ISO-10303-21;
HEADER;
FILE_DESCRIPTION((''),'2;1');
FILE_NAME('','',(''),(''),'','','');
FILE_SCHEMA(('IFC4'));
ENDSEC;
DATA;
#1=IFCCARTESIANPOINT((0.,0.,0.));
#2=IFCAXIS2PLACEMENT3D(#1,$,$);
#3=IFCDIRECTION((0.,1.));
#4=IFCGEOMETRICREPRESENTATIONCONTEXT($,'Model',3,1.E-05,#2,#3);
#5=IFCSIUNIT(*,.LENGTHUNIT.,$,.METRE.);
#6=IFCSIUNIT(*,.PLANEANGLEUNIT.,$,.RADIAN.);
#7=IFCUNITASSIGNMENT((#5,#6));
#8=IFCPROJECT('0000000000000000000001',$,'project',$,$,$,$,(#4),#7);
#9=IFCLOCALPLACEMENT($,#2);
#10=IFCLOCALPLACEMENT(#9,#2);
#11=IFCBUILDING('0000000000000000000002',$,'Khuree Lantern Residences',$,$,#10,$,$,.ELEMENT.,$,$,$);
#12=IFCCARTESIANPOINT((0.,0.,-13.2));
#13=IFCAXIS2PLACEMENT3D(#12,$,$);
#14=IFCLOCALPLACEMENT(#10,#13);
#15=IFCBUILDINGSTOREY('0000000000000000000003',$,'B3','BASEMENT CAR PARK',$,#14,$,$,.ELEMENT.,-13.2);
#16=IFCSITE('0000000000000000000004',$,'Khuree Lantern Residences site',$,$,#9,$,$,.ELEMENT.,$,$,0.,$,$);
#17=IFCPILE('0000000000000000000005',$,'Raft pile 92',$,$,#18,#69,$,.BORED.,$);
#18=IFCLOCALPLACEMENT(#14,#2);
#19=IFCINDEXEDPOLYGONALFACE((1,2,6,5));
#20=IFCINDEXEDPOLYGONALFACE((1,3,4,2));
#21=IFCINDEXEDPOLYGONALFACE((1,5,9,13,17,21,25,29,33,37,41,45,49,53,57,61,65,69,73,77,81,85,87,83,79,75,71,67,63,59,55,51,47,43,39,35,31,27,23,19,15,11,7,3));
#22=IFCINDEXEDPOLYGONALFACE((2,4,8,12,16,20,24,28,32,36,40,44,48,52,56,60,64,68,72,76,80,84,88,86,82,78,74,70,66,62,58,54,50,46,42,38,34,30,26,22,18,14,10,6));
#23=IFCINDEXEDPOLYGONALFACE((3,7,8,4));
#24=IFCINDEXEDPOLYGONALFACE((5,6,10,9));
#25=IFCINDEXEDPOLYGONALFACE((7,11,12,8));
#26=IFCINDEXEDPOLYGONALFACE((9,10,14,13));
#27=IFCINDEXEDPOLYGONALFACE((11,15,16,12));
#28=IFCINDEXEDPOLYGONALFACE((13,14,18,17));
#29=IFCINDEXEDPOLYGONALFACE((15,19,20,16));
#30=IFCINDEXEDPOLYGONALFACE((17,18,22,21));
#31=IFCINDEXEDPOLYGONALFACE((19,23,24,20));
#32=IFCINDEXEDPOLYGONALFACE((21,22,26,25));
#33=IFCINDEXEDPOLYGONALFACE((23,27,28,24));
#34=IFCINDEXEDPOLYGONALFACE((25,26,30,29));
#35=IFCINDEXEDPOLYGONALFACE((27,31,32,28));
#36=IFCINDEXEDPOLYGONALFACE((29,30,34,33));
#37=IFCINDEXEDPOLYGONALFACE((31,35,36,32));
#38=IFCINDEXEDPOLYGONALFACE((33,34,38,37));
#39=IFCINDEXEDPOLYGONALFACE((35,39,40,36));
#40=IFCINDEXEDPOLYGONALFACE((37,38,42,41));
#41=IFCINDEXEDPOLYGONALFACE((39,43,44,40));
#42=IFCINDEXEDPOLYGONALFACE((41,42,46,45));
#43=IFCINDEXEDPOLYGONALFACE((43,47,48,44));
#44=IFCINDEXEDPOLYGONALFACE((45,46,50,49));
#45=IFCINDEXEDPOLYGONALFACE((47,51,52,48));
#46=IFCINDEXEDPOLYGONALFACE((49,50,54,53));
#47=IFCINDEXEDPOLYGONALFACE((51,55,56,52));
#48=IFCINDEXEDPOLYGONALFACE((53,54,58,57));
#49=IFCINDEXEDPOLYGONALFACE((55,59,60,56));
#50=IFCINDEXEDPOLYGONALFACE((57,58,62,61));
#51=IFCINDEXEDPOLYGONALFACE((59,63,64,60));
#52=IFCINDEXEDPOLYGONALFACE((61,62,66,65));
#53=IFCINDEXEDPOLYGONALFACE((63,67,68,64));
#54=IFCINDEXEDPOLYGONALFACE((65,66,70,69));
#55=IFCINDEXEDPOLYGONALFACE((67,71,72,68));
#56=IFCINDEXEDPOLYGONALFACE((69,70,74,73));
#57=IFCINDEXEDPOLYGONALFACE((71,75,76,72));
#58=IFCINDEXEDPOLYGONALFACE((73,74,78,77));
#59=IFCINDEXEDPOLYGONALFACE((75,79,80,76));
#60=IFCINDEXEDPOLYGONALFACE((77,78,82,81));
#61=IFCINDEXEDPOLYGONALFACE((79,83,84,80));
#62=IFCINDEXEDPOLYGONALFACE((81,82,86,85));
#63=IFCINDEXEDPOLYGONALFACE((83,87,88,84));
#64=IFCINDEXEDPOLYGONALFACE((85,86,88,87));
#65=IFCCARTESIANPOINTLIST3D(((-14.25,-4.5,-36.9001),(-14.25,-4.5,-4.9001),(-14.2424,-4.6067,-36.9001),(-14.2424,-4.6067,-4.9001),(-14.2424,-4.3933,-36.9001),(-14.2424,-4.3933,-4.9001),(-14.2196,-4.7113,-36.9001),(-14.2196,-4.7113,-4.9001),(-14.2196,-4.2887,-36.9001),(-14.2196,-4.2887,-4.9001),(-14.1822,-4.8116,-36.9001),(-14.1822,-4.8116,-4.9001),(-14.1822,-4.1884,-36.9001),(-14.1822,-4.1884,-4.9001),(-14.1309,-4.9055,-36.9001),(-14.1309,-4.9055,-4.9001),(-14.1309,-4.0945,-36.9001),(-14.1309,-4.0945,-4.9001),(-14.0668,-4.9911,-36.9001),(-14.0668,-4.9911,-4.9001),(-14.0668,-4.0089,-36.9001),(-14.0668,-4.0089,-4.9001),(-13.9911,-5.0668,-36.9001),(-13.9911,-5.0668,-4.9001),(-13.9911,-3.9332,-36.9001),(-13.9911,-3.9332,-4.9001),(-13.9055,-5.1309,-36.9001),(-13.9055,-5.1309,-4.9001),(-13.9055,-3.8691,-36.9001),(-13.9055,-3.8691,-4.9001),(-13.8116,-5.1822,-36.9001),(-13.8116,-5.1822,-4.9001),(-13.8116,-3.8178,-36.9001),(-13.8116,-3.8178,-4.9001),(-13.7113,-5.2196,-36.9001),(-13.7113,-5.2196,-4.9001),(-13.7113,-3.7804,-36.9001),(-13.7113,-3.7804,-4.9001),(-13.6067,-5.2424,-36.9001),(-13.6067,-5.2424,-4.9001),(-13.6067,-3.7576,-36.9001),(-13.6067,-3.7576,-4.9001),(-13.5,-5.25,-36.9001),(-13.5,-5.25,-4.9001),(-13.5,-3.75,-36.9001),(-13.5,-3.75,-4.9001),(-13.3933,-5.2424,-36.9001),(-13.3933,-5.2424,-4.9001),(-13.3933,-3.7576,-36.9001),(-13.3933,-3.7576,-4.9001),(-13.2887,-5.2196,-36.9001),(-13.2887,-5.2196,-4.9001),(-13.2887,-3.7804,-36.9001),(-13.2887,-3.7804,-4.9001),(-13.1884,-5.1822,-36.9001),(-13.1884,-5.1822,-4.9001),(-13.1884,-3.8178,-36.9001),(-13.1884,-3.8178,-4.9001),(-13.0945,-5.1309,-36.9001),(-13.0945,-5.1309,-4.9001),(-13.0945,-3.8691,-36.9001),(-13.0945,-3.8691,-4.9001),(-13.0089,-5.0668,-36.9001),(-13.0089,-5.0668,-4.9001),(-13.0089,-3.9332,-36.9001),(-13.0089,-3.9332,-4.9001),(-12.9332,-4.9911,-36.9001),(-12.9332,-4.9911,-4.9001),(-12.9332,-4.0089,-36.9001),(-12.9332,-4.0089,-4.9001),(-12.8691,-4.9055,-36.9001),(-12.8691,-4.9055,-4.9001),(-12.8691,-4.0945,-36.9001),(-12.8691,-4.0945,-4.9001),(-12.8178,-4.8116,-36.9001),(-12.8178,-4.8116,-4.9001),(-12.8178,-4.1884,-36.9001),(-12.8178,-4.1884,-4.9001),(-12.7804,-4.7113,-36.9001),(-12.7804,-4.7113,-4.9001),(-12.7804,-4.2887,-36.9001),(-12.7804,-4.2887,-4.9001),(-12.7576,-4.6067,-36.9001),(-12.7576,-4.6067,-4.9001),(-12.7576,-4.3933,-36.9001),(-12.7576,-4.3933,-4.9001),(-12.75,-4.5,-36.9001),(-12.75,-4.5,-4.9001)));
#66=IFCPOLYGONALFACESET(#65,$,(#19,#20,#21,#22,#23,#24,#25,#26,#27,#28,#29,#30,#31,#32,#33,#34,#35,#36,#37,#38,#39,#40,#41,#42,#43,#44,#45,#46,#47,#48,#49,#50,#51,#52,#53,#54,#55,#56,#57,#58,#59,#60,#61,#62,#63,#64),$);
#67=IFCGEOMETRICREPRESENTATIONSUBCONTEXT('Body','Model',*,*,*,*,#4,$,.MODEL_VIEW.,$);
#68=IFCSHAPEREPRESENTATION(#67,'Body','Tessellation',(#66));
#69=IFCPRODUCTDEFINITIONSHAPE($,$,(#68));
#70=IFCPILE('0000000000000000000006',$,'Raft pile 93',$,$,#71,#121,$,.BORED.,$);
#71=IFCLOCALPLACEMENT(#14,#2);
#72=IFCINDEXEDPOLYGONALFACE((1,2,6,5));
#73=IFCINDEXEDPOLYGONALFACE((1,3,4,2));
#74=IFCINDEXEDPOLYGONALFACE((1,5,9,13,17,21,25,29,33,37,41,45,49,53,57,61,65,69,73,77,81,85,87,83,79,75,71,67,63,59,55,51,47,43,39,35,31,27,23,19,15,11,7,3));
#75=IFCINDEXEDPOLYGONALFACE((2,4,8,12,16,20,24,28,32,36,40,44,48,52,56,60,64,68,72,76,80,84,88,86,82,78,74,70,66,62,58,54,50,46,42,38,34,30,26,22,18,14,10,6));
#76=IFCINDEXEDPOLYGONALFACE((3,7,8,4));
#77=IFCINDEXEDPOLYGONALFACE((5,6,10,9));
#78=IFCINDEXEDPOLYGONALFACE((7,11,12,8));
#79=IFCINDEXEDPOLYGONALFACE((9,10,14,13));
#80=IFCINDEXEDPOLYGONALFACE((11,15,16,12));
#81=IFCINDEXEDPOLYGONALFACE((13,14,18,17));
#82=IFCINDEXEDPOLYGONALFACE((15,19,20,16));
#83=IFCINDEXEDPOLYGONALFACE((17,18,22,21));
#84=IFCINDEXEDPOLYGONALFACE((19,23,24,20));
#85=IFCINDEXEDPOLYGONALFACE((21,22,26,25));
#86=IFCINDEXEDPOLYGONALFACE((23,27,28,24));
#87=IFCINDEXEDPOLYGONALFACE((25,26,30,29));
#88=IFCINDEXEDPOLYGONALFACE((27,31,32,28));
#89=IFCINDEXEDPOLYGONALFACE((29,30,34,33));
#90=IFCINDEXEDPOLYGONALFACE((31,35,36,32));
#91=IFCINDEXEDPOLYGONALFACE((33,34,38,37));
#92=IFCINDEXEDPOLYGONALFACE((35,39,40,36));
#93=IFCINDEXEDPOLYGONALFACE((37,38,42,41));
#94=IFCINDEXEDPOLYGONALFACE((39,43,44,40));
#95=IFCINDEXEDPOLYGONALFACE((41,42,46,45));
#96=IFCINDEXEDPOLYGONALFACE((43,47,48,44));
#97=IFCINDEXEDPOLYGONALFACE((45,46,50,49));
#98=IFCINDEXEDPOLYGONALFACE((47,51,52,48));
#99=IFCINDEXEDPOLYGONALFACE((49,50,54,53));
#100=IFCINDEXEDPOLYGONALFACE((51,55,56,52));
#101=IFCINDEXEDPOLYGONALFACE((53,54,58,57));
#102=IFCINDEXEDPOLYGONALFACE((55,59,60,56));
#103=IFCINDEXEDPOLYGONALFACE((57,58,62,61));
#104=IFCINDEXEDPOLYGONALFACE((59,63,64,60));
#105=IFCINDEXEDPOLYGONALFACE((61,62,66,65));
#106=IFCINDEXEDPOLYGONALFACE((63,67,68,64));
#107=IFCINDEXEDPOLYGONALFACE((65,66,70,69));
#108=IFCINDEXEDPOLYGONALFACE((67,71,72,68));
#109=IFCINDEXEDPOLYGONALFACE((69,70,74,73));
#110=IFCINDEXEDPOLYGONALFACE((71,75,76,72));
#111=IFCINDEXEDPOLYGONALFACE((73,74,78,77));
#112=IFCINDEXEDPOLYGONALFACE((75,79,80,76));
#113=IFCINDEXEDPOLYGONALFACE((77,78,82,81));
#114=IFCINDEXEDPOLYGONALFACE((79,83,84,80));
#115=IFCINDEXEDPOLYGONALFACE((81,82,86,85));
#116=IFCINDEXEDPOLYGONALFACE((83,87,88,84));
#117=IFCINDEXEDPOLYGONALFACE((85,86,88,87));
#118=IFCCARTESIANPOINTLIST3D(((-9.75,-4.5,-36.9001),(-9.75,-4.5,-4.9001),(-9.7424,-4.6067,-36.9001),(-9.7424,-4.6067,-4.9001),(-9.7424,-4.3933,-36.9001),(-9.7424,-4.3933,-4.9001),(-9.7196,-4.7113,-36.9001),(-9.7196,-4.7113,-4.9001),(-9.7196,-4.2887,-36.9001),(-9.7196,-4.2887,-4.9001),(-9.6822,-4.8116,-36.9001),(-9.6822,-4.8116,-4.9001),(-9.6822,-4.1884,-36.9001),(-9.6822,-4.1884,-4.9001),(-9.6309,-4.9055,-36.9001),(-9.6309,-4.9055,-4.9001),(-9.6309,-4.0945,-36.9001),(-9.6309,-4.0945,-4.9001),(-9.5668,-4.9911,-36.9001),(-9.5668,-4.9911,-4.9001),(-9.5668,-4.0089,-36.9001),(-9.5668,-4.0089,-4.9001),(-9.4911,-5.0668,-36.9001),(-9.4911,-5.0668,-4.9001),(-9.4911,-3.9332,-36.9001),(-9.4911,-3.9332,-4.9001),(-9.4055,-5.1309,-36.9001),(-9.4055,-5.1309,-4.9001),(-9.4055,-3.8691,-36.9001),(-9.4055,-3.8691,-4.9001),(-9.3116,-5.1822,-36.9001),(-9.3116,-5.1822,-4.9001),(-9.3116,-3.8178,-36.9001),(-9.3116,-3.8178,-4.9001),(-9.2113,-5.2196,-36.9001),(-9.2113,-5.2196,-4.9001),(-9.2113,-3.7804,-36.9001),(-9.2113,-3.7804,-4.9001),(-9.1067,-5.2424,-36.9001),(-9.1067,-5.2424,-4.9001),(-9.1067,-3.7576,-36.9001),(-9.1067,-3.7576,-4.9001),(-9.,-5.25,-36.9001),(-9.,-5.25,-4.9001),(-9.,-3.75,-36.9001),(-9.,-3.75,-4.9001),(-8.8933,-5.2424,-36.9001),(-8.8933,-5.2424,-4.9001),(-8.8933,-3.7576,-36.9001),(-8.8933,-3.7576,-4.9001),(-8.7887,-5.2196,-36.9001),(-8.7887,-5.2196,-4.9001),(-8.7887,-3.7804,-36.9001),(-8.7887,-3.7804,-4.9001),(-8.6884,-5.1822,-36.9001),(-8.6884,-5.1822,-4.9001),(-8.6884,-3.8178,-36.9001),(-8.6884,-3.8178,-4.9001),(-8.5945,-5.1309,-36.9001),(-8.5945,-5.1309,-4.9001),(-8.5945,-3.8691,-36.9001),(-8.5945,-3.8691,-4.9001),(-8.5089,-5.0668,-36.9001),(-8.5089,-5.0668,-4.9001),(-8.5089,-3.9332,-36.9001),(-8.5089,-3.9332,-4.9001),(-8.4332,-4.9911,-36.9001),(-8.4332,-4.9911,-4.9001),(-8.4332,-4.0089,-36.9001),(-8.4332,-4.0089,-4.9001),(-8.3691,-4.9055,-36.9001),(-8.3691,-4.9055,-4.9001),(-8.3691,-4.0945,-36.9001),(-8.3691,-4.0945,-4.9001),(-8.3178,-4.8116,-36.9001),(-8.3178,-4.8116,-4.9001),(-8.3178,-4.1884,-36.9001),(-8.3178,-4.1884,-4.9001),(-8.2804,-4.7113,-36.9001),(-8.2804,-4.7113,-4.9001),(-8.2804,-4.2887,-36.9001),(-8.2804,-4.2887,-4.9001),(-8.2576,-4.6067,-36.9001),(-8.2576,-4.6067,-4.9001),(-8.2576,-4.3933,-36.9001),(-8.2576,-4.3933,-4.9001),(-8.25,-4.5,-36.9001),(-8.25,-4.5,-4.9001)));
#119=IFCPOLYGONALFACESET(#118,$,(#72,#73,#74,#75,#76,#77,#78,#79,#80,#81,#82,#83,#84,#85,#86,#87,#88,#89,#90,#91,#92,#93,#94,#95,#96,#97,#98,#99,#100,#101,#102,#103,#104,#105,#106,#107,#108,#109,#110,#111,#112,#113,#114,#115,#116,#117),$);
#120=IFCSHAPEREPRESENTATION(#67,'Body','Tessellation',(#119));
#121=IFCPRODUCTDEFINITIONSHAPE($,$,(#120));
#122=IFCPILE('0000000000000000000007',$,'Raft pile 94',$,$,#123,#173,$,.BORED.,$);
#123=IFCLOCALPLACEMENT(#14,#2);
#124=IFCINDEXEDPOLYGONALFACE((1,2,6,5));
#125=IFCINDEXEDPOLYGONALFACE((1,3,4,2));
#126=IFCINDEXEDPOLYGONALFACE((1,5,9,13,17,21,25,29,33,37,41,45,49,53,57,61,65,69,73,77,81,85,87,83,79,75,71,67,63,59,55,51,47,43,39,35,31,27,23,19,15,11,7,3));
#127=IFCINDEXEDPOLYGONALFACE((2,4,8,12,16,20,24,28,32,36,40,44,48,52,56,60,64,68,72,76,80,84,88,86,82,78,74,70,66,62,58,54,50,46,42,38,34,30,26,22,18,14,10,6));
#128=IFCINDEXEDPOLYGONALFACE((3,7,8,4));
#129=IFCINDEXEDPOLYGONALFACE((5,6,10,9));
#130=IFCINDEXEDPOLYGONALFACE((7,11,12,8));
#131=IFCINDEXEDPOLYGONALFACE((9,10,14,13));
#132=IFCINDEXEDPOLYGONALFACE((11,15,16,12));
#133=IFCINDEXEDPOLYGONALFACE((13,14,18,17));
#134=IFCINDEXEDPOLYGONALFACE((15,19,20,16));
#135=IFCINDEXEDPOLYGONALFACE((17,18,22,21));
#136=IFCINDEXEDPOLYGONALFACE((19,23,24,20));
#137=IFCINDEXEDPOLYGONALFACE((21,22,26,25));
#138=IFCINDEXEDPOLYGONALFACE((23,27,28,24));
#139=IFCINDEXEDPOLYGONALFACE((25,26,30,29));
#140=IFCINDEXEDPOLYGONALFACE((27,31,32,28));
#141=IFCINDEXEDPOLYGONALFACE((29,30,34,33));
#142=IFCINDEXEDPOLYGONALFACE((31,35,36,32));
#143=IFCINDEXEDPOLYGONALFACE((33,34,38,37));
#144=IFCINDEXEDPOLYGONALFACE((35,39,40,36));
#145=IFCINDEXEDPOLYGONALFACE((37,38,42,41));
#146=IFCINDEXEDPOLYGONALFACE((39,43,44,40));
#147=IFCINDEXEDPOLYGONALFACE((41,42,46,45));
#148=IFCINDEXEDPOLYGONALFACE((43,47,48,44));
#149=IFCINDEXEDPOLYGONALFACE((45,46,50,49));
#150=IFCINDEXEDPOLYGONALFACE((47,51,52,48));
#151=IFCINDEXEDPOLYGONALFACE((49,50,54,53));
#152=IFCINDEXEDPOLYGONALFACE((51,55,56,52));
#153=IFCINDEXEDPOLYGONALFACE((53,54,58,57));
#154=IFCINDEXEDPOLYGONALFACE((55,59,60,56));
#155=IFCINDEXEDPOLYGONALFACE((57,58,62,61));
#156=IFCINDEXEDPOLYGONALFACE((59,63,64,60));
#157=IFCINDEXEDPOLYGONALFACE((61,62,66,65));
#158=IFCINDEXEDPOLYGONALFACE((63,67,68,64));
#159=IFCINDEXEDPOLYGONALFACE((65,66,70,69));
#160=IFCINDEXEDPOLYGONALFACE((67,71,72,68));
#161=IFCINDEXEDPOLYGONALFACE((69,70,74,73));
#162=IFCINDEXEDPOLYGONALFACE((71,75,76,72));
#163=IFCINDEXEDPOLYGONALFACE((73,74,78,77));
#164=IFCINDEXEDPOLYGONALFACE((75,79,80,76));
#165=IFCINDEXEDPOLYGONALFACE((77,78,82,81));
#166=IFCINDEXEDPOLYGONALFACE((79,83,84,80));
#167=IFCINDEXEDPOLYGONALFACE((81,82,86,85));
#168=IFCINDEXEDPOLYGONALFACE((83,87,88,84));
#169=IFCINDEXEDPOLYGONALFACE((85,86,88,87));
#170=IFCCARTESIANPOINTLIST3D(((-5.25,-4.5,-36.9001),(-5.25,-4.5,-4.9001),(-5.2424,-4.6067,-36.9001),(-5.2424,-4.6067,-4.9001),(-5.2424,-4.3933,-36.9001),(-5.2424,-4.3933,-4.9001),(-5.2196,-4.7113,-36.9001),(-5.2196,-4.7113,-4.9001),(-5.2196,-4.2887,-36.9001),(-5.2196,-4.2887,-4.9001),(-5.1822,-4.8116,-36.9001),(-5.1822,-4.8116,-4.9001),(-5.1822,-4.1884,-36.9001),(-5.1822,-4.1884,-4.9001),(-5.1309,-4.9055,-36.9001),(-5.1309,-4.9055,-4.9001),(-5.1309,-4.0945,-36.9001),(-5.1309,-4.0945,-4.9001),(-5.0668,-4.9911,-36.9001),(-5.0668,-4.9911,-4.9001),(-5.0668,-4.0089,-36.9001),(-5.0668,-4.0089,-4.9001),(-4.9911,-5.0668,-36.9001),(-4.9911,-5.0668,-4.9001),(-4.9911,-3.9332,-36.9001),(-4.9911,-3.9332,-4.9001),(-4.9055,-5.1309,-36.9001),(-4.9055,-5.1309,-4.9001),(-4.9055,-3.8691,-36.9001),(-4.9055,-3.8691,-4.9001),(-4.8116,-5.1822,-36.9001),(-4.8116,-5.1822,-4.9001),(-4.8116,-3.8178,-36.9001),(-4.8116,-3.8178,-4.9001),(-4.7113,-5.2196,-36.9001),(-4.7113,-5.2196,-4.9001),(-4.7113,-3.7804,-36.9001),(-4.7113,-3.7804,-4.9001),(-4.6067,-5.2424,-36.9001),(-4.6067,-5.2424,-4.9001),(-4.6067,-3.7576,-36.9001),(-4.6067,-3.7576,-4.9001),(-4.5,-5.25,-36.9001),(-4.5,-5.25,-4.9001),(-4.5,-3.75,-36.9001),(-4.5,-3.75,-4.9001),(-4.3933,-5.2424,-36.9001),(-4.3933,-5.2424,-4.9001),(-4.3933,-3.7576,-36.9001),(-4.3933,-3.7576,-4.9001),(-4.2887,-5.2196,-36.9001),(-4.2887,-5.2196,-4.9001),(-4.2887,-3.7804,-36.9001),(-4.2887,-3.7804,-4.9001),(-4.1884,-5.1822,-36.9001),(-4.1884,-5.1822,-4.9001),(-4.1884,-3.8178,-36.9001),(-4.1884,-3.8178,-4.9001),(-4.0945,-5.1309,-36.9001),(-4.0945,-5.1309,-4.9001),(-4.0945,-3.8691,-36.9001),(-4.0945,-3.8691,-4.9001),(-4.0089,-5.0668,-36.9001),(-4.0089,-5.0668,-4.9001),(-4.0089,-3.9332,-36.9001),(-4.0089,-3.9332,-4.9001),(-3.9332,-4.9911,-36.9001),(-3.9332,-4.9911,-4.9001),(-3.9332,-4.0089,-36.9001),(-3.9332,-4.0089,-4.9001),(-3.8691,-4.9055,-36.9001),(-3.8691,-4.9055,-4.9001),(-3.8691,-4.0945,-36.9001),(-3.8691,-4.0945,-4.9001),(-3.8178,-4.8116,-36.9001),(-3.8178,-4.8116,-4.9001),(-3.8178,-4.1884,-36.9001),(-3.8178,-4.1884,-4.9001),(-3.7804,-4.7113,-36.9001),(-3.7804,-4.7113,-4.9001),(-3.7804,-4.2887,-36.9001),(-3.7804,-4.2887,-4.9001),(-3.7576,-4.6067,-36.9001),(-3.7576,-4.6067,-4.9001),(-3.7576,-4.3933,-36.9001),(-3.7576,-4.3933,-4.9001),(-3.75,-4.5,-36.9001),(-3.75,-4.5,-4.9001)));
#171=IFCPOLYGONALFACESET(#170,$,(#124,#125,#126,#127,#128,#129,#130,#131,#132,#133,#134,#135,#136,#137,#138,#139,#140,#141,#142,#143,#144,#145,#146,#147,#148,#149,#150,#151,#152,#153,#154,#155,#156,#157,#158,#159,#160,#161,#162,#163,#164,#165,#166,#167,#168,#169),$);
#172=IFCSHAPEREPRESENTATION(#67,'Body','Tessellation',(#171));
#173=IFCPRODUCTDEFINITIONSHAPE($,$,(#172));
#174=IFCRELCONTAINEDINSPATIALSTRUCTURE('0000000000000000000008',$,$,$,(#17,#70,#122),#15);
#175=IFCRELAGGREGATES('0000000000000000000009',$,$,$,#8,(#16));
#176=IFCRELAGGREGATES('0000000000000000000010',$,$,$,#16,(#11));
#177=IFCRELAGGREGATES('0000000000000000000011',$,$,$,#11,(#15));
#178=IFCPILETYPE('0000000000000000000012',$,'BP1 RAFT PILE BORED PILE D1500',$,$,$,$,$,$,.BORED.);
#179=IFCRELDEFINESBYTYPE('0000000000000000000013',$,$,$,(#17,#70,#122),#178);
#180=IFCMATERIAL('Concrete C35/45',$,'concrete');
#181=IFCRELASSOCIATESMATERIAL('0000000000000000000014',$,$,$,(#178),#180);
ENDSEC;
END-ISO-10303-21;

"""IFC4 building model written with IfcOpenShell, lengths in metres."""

from ifc_helpers import new_model, si_unit, direction, frame, origin, origin_2d, place, context, subcontext, project, spatial, circle, extrude, material, material_profile, profile_set, type_object, element, save


model = new_model("IFC4")

# Units and contexts
model_context = context("Model", 3, precision=1e-05, world=origin(), true_north=direction((0.0, 1.0)))
body_context = subcontext(model_context, "Body", "Model", "MODEL_VIEW")
ifc_project = project(units=[si_unit("LENGTHUNIT", "METRE"), si_unit("PLANEANGLEUNIT", "RADIAN")], contexts=[model_context])

# Site, building, storey
site_placement = place(None, origin())
site = spatial("IfcSite", under=ifc_project, at=site_placement, Name="Khuree Lantern Residences site", CompositionType="ELEMENT", RefElevation=0.0)
building_placement = place(site_placement, origin())
building = spatial("IfcBuilding", under=site, at=building_placement, Name="Khuree Lantern Residences", CompositionType="ELEMENT")
storey_placement = place(building_placement, frame((0.0, 0.0, -13.2)))
storey = spatial("IfcBuildingStorey", under=building, at=storey_placement, Name="B3", Description="BASEMENT CAR PARK", CompositionType="ELEMENT", Elevation=-13.2)

# Piles
ifc_material_1 = material(Name="Concrete C35/45", Category="concrete")
ifc_material_profile = material_profile(ifc_material_1, circle(Radius=0.75, at=origin_2d()), Name="BORED PILE D1500")
ifc_profile_set = profile_set([ifc_material_profile], Name="Concrete C35/45")
pile_type = type_object("IfcPileType", Name="BP1 RAFT PILE BORED PILE D1500", PredefinedType="BORED", material=ifc_profile_set)
for number, where, z_axis, x_axis, name in (
    (1, (-13.5, -4.5, -4.9001), (0.0, 0.0, -1.0), (1.0, 0.0, 0.0), "Raft pile 92"),
    (2, (-9.0, -4.5, -4.9001), (0.0, 0.0, -1.0), (1.0, 0.0, 0.0), "Raft pile 93"),
    (3, (-4.5, -4.5, -4.9001), (0.0, 0.0, -1.0), (1.0, 0.0, 0.0), "Raft pile 94"),
):
    element("IfcPile", number, at=place(storey_placement, frame(where, z_axis=z_axis, x_axis=x_axis)), inside=storey, type_object=pile_type, Name=name, PredefinedType="BORED", context=body_context, shape_type="SweptSolid", body=[
        extrude(circle(Radius=0.75, at=origin_2d()), origin(), (0.0, 0.0, 1.0), 32.0),
    ])

save(model, "model.ifc")
